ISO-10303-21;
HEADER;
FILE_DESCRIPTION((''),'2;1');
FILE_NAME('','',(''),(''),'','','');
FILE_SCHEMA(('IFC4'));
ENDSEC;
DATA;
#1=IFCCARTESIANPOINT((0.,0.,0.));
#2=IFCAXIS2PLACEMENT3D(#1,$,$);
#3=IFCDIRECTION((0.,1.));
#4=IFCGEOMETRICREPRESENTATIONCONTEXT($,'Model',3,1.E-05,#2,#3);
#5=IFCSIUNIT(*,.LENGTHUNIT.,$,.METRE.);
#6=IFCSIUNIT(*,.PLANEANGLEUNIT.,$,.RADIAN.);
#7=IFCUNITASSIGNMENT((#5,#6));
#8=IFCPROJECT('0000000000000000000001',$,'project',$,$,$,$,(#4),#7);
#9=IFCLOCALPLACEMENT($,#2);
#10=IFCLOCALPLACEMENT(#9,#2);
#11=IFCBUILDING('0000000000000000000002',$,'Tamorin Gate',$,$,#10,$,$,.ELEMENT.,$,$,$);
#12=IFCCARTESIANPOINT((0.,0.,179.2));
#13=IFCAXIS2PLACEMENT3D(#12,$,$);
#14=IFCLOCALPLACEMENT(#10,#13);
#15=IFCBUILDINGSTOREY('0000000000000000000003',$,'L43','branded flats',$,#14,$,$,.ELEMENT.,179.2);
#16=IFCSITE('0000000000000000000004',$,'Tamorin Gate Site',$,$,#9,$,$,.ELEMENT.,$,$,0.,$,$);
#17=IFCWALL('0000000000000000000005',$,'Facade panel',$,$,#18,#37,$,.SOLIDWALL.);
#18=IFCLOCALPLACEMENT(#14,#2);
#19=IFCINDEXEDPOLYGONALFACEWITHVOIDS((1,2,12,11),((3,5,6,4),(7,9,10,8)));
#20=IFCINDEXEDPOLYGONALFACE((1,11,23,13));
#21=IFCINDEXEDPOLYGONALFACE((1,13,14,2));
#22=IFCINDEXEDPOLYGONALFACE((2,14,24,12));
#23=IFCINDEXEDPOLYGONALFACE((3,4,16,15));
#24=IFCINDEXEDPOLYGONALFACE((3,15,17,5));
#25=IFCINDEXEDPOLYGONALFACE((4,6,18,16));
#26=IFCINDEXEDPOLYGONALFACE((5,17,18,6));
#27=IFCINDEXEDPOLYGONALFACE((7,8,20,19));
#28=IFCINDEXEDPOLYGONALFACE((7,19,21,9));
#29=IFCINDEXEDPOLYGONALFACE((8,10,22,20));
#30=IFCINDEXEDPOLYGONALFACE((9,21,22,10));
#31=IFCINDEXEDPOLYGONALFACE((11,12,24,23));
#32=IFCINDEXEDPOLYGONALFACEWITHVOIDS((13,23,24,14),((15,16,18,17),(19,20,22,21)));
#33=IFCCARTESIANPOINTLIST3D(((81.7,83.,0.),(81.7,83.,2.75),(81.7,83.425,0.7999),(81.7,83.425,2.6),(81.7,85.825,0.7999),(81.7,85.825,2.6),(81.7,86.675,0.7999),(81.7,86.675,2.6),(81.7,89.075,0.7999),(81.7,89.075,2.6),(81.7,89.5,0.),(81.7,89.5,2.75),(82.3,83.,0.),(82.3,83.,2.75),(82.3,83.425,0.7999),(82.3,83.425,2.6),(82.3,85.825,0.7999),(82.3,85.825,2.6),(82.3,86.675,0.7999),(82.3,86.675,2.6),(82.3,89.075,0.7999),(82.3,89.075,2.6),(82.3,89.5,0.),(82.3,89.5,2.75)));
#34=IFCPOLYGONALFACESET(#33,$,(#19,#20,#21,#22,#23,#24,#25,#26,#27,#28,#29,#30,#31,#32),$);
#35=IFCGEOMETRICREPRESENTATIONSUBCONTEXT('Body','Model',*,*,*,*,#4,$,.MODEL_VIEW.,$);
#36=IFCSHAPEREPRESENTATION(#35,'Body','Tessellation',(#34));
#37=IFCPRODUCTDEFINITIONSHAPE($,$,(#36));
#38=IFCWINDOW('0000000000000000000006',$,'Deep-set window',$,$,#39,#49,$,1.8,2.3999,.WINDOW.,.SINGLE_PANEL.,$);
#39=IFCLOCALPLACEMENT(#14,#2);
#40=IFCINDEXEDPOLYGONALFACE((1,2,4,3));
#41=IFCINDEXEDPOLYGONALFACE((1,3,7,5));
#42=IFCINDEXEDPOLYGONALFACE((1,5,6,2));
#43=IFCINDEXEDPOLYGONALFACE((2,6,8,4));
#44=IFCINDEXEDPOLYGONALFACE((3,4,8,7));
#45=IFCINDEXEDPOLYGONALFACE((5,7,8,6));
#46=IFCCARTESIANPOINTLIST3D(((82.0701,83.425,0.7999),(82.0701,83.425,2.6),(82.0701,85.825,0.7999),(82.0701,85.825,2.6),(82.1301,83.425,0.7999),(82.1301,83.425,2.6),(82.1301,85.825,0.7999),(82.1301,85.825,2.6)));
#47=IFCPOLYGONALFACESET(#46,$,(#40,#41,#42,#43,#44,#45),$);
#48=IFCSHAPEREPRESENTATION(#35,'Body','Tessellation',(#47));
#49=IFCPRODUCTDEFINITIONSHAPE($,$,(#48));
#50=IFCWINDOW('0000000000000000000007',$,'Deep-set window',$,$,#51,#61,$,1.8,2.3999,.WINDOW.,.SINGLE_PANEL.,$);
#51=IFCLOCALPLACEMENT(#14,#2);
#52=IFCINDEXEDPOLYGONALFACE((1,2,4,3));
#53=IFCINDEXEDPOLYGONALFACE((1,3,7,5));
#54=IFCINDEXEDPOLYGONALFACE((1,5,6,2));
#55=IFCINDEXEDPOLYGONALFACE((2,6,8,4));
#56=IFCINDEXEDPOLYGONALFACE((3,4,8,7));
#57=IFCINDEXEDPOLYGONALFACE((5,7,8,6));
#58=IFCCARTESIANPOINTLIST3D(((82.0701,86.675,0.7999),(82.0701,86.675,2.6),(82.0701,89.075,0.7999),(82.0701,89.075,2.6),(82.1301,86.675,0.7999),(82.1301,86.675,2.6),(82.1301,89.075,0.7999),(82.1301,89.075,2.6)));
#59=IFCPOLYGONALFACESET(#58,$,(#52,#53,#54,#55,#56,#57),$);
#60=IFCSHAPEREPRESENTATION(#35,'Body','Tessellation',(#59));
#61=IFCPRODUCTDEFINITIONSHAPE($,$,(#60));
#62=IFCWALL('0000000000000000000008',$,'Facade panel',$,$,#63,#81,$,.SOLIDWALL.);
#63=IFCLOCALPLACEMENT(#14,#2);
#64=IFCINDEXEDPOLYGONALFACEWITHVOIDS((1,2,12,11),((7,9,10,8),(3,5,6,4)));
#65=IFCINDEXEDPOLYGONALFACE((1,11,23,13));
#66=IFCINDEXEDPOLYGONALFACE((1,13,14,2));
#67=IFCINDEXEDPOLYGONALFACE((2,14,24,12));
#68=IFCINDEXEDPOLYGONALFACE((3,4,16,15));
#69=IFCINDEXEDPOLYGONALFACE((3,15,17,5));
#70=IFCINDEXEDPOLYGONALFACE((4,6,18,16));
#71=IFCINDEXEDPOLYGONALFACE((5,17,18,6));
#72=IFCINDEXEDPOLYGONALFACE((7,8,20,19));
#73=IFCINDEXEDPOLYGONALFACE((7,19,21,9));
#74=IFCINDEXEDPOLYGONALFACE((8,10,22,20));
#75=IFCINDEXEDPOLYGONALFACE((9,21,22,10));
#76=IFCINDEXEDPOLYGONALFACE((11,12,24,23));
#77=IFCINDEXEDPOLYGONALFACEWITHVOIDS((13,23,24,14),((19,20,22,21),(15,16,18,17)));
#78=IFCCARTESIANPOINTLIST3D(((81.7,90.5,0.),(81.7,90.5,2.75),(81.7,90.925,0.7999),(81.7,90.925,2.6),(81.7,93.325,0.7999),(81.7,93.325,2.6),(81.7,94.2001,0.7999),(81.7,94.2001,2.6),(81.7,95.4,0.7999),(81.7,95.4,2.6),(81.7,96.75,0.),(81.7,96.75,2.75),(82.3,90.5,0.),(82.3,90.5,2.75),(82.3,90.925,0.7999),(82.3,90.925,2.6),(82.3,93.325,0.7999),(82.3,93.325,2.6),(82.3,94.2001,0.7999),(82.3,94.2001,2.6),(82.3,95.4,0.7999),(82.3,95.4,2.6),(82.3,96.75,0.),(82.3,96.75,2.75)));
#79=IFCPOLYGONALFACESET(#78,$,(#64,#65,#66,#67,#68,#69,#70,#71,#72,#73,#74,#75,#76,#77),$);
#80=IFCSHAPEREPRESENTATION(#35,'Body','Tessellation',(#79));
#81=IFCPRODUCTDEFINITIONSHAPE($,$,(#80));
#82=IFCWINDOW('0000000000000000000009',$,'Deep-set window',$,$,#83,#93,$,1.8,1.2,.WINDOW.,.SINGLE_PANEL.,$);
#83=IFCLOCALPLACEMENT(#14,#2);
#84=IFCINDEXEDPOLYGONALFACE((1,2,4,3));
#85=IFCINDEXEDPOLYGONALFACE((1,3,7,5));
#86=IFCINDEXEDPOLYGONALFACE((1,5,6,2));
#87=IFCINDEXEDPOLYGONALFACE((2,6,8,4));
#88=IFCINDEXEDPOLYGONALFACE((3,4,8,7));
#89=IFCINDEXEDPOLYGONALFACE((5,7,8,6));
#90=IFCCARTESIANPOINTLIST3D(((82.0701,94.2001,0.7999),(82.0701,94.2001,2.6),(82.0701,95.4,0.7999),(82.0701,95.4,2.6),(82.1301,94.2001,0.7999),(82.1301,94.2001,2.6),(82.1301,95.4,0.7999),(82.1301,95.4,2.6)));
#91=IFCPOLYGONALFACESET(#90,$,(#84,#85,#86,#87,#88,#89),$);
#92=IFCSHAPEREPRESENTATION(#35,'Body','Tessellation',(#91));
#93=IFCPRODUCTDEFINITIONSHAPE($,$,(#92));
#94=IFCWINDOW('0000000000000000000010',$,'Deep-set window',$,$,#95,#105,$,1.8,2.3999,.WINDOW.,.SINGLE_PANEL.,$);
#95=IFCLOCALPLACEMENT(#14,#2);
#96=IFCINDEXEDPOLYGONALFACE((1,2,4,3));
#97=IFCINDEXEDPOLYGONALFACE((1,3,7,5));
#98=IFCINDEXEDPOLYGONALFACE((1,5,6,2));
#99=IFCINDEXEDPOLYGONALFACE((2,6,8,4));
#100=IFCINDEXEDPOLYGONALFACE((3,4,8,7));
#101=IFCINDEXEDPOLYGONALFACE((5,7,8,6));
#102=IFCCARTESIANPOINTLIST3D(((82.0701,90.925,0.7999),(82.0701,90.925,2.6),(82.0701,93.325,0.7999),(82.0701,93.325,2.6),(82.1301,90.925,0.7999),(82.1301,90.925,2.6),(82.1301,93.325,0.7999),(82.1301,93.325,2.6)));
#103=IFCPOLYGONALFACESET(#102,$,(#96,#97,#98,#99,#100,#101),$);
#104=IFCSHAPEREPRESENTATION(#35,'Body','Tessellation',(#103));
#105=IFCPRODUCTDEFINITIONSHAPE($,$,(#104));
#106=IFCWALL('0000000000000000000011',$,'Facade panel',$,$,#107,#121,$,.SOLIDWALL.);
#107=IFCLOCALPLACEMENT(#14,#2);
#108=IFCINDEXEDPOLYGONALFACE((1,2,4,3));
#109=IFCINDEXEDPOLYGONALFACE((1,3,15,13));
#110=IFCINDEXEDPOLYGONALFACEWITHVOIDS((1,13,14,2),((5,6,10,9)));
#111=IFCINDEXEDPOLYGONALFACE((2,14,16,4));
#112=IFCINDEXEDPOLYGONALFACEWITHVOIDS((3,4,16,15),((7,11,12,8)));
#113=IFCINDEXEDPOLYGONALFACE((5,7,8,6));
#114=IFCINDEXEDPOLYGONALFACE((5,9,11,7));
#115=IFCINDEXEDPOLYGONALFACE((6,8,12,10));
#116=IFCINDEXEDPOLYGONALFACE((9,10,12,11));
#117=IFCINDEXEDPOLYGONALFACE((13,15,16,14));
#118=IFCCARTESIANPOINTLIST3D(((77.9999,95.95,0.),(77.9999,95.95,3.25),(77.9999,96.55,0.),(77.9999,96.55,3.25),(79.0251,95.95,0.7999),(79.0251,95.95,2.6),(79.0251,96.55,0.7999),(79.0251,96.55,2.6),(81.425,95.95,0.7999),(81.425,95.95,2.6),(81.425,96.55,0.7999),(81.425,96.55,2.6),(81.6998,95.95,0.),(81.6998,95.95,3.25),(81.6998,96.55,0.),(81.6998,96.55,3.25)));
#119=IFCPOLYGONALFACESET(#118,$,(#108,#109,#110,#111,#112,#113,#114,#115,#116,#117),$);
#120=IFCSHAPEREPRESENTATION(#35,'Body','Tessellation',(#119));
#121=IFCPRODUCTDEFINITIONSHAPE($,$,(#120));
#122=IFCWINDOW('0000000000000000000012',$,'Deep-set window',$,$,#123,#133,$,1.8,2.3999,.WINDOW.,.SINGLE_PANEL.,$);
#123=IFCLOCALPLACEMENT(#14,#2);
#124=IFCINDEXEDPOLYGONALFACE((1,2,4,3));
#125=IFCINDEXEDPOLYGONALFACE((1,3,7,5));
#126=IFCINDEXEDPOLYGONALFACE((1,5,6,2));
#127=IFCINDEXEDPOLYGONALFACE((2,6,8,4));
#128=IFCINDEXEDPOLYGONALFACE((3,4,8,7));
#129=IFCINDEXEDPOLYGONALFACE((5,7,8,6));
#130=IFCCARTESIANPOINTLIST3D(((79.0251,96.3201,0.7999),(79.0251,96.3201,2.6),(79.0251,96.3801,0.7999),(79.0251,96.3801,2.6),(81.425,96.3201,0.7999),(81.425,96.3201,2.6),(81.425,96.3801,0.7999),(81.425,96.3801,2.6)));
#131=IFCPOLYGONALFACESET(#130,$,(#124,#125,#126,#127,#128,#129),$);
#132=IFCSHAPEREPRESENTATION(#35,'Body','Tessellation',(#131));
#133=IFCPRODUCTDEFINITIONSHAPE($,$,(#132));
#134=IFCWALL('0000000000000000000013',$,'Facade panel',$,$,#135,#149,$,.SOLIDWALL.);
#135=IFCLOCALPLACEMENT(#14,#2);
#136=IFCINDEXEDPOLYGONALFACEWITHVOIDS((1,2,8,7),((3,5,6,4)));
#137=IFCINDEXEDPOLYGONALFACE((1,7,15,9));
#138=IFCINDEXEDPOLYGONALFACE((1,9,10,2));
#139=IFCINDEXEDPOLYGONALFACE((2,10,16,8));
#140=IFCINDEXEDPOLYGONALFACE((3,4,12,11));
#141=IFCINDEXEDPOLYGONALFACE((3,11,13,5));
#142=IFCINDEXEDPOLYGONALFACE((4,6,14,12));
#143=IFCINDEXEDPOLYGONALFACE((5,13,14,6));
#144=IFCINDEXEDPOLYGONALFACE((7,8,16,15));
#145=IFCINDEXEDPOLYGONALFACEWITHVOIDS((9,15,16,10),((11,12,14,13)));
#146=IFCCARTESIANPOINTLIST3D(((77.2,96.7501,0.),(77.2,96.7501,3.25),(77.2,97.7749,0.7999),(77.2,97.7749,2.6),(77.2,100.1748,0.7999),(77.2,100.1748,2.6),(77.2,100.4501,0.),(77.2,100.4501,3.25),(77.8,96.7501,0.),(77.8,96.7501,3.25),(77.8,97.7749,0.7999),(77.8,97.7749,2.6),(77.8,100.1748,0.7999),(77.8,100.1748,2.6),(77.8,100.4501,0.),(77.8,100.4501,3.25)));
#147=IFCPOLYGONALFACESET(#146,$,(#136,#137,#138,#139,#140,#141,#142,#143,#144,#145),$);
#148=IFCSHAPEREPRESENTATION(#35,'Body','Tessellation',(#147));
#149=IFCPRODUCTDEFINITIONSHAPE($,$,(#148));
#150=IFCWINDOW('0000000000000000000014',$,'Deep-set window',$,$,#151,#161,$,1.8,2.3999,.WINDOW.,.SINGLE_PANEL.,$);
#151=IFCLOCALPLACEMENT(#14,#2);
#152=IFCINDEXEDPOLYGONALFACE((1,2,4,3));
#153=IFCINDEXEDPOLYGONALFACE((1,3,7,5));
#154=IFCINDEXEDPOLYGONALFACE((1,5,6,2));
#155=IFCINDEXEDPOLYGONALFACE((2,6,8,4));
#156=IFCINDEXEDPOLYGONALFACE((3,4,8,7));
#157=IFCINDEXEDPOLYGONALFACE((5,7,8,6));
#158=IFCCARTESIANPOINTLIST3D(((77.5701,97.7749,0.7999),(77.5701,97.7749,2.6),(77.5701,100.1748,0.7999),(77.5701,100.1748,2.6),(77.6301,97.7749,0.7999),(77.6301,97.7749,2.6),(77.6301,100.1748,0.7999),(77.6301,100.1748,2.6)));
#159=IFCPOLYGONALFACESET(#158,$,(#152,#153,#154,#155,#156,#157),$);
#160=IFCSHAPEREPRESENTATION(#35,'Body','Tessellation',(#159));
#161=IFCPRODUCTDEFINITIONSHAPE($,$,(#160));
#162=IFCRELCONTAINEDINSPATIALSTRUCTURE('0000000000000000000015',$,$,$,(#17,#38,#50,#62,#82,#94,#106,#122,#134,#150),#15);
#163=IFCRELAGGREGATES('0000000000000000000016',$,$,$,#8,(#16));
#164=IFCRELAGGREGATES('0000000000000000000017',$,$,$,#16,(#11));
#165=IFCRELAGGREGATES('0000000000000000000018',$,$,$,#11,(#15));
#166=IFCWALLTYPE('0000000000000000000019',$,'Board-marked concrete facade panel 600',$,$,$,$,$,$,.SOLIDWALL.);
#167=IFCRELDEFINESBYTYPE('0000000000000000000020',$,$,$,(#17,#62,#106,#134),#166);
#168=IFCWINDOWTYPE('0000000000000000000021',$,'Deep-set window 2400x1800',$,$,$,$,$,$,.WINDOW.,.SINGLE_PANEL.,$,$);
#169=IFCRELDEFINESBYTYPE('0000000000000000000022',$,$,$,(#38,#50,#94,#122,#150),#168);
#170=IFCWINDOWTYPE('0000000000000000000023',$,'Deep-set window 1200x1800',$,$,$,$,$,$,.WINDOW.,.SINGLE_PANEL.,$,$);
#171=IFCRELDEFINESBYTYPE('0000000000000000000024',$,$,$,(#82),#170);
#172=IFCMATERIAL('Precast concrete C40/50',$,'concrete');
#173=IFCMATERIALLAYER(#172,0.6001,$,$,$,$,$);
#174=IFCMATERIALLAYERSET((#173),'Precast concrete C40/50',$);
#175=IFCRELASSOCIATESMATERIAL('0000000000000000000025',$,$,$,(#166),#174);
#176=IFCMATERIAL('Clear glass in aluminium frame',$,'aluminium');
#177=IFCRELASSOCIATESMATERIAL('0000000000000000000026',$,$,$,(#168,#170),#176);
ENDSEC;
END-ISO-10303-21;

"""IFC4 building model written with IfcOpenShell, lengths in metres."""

from ifc_helpers import new_model, si_unit, direction, frame, frame_2d, origin, place, context, subcontext, project, spatial, rectangle, extrude, material, layer, layer_set, type_object, element, fill, save


model = new_model("IFC4")

# Units and contexts
model_context = context("Model", 3, precision=1e-05, world=origin(), true_north=direction((0.0, 1.0)))
body_context = subcontext(model_context, "Body", "Model", "MODEL_VIEW")
ifc_project = project(units=[si_unit("LENGTHUNIT", "METRE"), si_unit("PLANEANGLEUNIT", "RADIAN")], contexts=[model_context])

# Site, building, storey
site_placement = place(None, origin())
site = spatial("IfcSite", under=ifc_project, at=site_placement, Name="Tamorin Gate Site", CompositionType="ELEMENT", RefElevation=0.0)
building_placement = place(site_placement, origin())
building = spatial("IfcBuilding", under=site, at=building_placement, Name="Tamorin Gate", CompositionType="ELEMENT")
storey_placement = place(building_placement, frame((0.0, 0.0, 179.2)))
storey = spatial("IfcBuildingStorey", under=building, at=storey_placement, Name="L43", Description="branded flats", CompositionType="ELEMENT", Elevation=179.2)

# Walls, openings, windows
ifc_material_1 = material(Name="Precast concrete C40/50", Category="concrete")
ifc_layer = layer(ifc_material_1, 0.6001)
ifc_layer_set = layer_set([ifc_layer], Name="Precast concrete C40/50")
wall_type = type_object("IfcWallType", Name="Board-marked concrete facade panel 600", PredefinedType="SOLIDWALL", material=ifc_layer_set)
wall_1_placement = place(storey_placement, frame((82.0, 83.0, 0.0), z_axis=(0.0, 0.0, 1.0), x_axis=(0.0, 1.0, 0.0)))
wall_1 = element("IfcWall", 1, at=wall_1_placement, inside=storey, type_object=wall_type, Name="Facade panel", PredefinedType="SOLIDWALL", context=body_context, shape_type="SweptSolid", body=[
    extrude(rectangle(XDim=6.5, YDim=0.6001, at=frame_2d((3.25, 0.0))), origin(), (0.0, 0.0, 1.0), 2.75),
])
opening_1_placement = place(wall_1_placement, frame((0.425, 0.0, 0.8)))
opening_1 = element("IfcOpeningElement", 2, at=opening_1_placement, cuts=wall_1, PredefinedType="OPENING", context=body_context, shape_type="SweptSolid", body=[
    extrude(rectangle(XDim=2.3999, YDim=1.8, at=frame_2d((1.2, 0.8999))), frame((0.0, 0.3101, 0.0), z_axis=(0.0, -1.0, 0.0), x_axis=(1.0, 0.0, 0.0)), (0.0, 0.0, 1.0), 0.6201),
])
opening_2_placement = place(wall_1_placement, frame((3.675, 0.0, 0.8)))
opening_2 = element("IfcOpeningElement", 3, at=opening_2_placement, cuts=wall_1, PredefinedType="OPENING", context=body_context, shape_type="SweptSolid", body=[
    extrude(rectangle(XDim=2.3999, YDim=1.8, at=frame_2d((1.2, 0.8999))), frame((0.0, 0.3101, 0.0), z_axis=(0.0, -1.0, 0.0), x_axis=(1.0, 0.0, 0.0)), (0.0, 0.0, 1.0), 0.6201),
])
ifc_material_2 = material(Name="Clear glass in aluminium frame", Category="aluminium")
window_type_1 = type_object("IfcWindowType", Name="Deep-set window 2400x1800", PartitioningType="SINGLE_PANEL", PredefinedType="WINDOW", material=ifc_material_2)
window_1_placement = place(opening_1_placement, origin())
window_1 = element("IfcWindow", 4, at=window_1_placement, inside=storey, type_object=window_type_1, Name="Deep-set window", OverallHeight=1.8, OverallWidth=2.3999, PartitioningType="SINGLE_PANEL", PredefinedType="WINDOW", context=body_context, shape_type="SweptSolid", body=[
    extrude(rectangle(XDim=2.3999, YDim=1.8, at=frame_2d((1.2, 0.8999))), frame((0.0, -0.0701, 0.0), z_axis=(0.0, -1.0, 0.0), x_axis=(1.0, 0.0, 0.0)), (0.0, 0.0, 1.0), 0.0601),
])
fill(opening_1, window_1)
window_2_placement = place(opening_2_placement, origin())
window_2 = element("IfcWindow", 5, at=window_2_placement, inside=storey, type_object=window_type_1, Name="Deep-set window", OverallHeight=1.8, OverallWidth=2.3999, PartitioningType="SINGLE_PANEL", PredefinedType="WINDOW", context=body_context, shape_type="SweptSolid", body=[
    extrude(rectangle(XDim=2.3999, YDim=1.8, at=frame_2d((1.2, 0.8999))), frame((0.0, -0.0701, 0.0), z_axis=(0.0, -1.0, 0.0), x_axis=(1.0, 0.0, 0.0)), (0.0, 0.0, 1.0), 0.0601),
])
fill(opening_2, window_2)
wall_2_placement = place(storey_placement, frame((82.0, 90.5, 0.0), z_axis=(0.0, 0.0, 1.0), x_axis=(0.0, 1.0, 0.0)))
wall_2 = element("IfcWall", 6, at=wall_2_placement, inside=storey, type_object=wall_type, Name="Facade panel", PredefinedType="SOLIDWALL", context=body_context, shape_type="SweptSolid", body=[
    extrude(rectangle(XDim=6.25, YDim=0.6001, at=frame_2d((3.125, 0.0))), origin(), (0.0, 0.0, 1.0), 2.75),
])
opening_3_placement = place(wall_2_placement, frame((0.425, 0.0, 0.8)))
opening_3 = element("IfcOpeningElement", 7, at=opening_3_placement, cuts=wall_2, PredefinedType="OPENING", context=body_context, shape_type="SweptSolid", body=[
    extrude(rectangle(XDim=2.3999, YDim=1.8, at=frame_2d((1.2, 0.8999))), frame((0.0, 0.3101, 0.0), z_axis=(0.0, -1.0, 0.0), x_axis=(1.0, 0.0, 0.0)), (0.0, 0.0, 1.0), 0.6201),
])
opening_4_placement = place(wall_2_placement, frame((3.7, 0.0, 0.8)))
opening_4 = element("IfcOpeningElement", 8, at=opening_4_placement, cuts=wall_2, PredefinedType="OPENING", context=body_context, shape_type="SweptSolid", body=[
    extrude(rectangle(XDim=1.2, YDim=1.8, at=frame_2d((0.6001, 0.8999))), frame((0.0, 0.3101, 0.0), z_axis=(0.0, -1.0, 0.0), x_axis=(1.0, 0.0, 0.0)), (0.0, 0.0, 1.0), 0.6201),
])
window_type_2 = type_object("IfcWindowType", Name="Deep-set window 1200x1800", PartitioningType="SINGLE_PANEL", PredefinedType="WINDOW", material=ifc_material_2)
window_3_placement = place(opening_4_placement, origin())
window_3 = element("IfcWindow", 9, at=window_3_placement, inside=storey, type_object=window_type_2, Name="Deep-set window", OverallHeight=1.8, OverallWidth=1.2, PartitioningType="SINGLE_PANEL", PredefinedType="WINDOW", context=body_context, shape_type="SweptSolid", body=[
    extrude(rectangle(XDim=1.2, YDim=1.8, at=frame_2d((0.6001, 0.8999))), frame((0.0, -0.0701, 0.0), z_axis=(0.0, -1.0, 0.0), x_axis=(1.0, 0.0, 0.0)), (0.0, 0.0, 1.0), 0.0601),
])
fill(opening_4, window_3)
window_4_placement = place(opening_3_placement, origin())
window_4 = element("IfcWindow", 10, at=window_4_placement, inside=storey, type_object=window_type_1, Name="Deep-set window", OverallHeight=1.8, OverallWidth=2.3999, PartitioningType="SINGLE_PANEL", PredefinedType="WINDOW", context=body_context, shape_type="SweptSolid", body=[
    extrude(rectangle(XDim=2.3999, YDim=1.8, at=frame_2d((1.2, 0.8999))), frame((0.0, -0.0701, 0.0), z_axis=(0.0, -1.0, 0.0), x_axis=(1.0, 0.0, 0.0)), (0.0, 0.0, 1.0), 0.0601),
])
fill(opening_3, window_4)

# Walls, openings, windows
wall_3_placement = place(storey_placement, frame((81.7, 96.25, 0.0), z_axis=(0.0, 0.0, 1.0), x_axis=(-1.0, 0.0, 0.0)))
wall_3 = element("IfcWall", 11, at=wall_3_placement, inside=storey, type_object=wall_type, Name="Facade panel", PredefinedType="SOLIDWALL", context=body_context, shape_type="SweptSolid", body=[
    extrude(rectangle(XDim=3.7, YDim=0.6001, at=frame_2d((1.8501, 0.0))), origin(), (0.0, 0.0, 1.0), 3.25),
])
opening_5_placement = place(wall_3_placement, frame((0.2749, 0.0, 0.8)))
opening_5 = element("IfcOpeningElement", 12, at=opening_5_placement, cuts=wall_3, PredefinedType="OPENING", context=body_context, shape_type="SweptSolid", body=[
    extrude(rectangle(XDim=2.3999, YDim=1.8, at=frame_2d((1.2, 0.8999))), frame((0.0, 0.3101, 0.0), z_axis=(0.0, -1.0, 0.0), x_axis=(1.0, 0.0, 0.0)), (0.0, 0.0, 1.0), 0.6201),
])
window_5_placement = place(opening_5_placement, origin())
window_5 = element("IfcWindow", 13, at=window_5_placement, inside=storey, type_object=window_type_1, Name="Deep-set window", OverallHeight=1.8, OverallWidth=2.3999, PartitioningType="SINGLE_PANEL", PredefinedType="WINDOW", context=body_context, shape_type="SweptSolid", body=[
    extrude(rectangle(XDim=2.3999, YDim=1.8, at=frame_2d((1.2, 0.8999))), frame((0.0, -0.0701, 0.0), z_axis=(0.0, -1.0, 0.0), x_axis=(1.0, 0.0, 0.0)), (0.0, 0.0, 1.0), 0.0601),
])
fill(opening_5, window_5)
wall_4_placement = place(storey_placement, frame((77.5, 96.75, 0.0), z_axis=(0.0, 0.0, 1.0), x_axis=(0.0, 1.0, 0.0)))
wall_4 = element("IfcWall", 14, at=wall_4_placement, inside=storey, type_object=wall_type, Name="Facade panel", PredefinedType="SOLIDWALL", context=body_context, shape_type="SweptSolid", body=[
    extrude(rectangle(XDim=3.7, YDim=0.6001, at=frame_2d((1.8501, 0.0))), origin(), (0.0, 0.0, 1.0), 3.25),
])
opening_6_placement = place(wall_4_placement, frame((1.0249, 0.0, 0.8)))
opening_6 = element("IfcOpeningElement", 15, at=opening_6_placement, cuts=wall_4, PredefinedType="OPENING", context=body_context, shape_type="SweptSolid", body=[
    extrude(rectangle(XDim=2.3999, YDim=1.8, at=frame_2d((1.2, 0.8999))), frame((0.0, 0.3101, 0.0), z_axis=(0.0, -1.0, 0.0), x_axis=(1.0, 0.0, 0.0)), (0.0, 0.0, 1.0), 0.6201),
])
window_6_placement = place(opening_6_placement, origin())
window_6 = element("IfcWindow", 16, at=window_6_placement, inside=storey, type_object=window_type_1, Name="Deep-set window", OverallHeight=1.8, OverallWidth=2.3999, PartitioningType="SINGLE_PANEL", PredefinedType="WINDOW", context=body_context, shape_type="SweptSolid", body=[
    extrude(rectangle(XDim=2.3999, YDim=1.8, at=frame_2d((1.2, 0.8999))), frame((0.0, -0.0701, 0.0), z_axis=(0.0, -1.0, 0.0), x_axis=(1.0, 0.0, 0.0)), (0.0, 0.0, 1.0), 0.0601),
])
fill(opening_6, window_6)

save(model, "model.ifc")
